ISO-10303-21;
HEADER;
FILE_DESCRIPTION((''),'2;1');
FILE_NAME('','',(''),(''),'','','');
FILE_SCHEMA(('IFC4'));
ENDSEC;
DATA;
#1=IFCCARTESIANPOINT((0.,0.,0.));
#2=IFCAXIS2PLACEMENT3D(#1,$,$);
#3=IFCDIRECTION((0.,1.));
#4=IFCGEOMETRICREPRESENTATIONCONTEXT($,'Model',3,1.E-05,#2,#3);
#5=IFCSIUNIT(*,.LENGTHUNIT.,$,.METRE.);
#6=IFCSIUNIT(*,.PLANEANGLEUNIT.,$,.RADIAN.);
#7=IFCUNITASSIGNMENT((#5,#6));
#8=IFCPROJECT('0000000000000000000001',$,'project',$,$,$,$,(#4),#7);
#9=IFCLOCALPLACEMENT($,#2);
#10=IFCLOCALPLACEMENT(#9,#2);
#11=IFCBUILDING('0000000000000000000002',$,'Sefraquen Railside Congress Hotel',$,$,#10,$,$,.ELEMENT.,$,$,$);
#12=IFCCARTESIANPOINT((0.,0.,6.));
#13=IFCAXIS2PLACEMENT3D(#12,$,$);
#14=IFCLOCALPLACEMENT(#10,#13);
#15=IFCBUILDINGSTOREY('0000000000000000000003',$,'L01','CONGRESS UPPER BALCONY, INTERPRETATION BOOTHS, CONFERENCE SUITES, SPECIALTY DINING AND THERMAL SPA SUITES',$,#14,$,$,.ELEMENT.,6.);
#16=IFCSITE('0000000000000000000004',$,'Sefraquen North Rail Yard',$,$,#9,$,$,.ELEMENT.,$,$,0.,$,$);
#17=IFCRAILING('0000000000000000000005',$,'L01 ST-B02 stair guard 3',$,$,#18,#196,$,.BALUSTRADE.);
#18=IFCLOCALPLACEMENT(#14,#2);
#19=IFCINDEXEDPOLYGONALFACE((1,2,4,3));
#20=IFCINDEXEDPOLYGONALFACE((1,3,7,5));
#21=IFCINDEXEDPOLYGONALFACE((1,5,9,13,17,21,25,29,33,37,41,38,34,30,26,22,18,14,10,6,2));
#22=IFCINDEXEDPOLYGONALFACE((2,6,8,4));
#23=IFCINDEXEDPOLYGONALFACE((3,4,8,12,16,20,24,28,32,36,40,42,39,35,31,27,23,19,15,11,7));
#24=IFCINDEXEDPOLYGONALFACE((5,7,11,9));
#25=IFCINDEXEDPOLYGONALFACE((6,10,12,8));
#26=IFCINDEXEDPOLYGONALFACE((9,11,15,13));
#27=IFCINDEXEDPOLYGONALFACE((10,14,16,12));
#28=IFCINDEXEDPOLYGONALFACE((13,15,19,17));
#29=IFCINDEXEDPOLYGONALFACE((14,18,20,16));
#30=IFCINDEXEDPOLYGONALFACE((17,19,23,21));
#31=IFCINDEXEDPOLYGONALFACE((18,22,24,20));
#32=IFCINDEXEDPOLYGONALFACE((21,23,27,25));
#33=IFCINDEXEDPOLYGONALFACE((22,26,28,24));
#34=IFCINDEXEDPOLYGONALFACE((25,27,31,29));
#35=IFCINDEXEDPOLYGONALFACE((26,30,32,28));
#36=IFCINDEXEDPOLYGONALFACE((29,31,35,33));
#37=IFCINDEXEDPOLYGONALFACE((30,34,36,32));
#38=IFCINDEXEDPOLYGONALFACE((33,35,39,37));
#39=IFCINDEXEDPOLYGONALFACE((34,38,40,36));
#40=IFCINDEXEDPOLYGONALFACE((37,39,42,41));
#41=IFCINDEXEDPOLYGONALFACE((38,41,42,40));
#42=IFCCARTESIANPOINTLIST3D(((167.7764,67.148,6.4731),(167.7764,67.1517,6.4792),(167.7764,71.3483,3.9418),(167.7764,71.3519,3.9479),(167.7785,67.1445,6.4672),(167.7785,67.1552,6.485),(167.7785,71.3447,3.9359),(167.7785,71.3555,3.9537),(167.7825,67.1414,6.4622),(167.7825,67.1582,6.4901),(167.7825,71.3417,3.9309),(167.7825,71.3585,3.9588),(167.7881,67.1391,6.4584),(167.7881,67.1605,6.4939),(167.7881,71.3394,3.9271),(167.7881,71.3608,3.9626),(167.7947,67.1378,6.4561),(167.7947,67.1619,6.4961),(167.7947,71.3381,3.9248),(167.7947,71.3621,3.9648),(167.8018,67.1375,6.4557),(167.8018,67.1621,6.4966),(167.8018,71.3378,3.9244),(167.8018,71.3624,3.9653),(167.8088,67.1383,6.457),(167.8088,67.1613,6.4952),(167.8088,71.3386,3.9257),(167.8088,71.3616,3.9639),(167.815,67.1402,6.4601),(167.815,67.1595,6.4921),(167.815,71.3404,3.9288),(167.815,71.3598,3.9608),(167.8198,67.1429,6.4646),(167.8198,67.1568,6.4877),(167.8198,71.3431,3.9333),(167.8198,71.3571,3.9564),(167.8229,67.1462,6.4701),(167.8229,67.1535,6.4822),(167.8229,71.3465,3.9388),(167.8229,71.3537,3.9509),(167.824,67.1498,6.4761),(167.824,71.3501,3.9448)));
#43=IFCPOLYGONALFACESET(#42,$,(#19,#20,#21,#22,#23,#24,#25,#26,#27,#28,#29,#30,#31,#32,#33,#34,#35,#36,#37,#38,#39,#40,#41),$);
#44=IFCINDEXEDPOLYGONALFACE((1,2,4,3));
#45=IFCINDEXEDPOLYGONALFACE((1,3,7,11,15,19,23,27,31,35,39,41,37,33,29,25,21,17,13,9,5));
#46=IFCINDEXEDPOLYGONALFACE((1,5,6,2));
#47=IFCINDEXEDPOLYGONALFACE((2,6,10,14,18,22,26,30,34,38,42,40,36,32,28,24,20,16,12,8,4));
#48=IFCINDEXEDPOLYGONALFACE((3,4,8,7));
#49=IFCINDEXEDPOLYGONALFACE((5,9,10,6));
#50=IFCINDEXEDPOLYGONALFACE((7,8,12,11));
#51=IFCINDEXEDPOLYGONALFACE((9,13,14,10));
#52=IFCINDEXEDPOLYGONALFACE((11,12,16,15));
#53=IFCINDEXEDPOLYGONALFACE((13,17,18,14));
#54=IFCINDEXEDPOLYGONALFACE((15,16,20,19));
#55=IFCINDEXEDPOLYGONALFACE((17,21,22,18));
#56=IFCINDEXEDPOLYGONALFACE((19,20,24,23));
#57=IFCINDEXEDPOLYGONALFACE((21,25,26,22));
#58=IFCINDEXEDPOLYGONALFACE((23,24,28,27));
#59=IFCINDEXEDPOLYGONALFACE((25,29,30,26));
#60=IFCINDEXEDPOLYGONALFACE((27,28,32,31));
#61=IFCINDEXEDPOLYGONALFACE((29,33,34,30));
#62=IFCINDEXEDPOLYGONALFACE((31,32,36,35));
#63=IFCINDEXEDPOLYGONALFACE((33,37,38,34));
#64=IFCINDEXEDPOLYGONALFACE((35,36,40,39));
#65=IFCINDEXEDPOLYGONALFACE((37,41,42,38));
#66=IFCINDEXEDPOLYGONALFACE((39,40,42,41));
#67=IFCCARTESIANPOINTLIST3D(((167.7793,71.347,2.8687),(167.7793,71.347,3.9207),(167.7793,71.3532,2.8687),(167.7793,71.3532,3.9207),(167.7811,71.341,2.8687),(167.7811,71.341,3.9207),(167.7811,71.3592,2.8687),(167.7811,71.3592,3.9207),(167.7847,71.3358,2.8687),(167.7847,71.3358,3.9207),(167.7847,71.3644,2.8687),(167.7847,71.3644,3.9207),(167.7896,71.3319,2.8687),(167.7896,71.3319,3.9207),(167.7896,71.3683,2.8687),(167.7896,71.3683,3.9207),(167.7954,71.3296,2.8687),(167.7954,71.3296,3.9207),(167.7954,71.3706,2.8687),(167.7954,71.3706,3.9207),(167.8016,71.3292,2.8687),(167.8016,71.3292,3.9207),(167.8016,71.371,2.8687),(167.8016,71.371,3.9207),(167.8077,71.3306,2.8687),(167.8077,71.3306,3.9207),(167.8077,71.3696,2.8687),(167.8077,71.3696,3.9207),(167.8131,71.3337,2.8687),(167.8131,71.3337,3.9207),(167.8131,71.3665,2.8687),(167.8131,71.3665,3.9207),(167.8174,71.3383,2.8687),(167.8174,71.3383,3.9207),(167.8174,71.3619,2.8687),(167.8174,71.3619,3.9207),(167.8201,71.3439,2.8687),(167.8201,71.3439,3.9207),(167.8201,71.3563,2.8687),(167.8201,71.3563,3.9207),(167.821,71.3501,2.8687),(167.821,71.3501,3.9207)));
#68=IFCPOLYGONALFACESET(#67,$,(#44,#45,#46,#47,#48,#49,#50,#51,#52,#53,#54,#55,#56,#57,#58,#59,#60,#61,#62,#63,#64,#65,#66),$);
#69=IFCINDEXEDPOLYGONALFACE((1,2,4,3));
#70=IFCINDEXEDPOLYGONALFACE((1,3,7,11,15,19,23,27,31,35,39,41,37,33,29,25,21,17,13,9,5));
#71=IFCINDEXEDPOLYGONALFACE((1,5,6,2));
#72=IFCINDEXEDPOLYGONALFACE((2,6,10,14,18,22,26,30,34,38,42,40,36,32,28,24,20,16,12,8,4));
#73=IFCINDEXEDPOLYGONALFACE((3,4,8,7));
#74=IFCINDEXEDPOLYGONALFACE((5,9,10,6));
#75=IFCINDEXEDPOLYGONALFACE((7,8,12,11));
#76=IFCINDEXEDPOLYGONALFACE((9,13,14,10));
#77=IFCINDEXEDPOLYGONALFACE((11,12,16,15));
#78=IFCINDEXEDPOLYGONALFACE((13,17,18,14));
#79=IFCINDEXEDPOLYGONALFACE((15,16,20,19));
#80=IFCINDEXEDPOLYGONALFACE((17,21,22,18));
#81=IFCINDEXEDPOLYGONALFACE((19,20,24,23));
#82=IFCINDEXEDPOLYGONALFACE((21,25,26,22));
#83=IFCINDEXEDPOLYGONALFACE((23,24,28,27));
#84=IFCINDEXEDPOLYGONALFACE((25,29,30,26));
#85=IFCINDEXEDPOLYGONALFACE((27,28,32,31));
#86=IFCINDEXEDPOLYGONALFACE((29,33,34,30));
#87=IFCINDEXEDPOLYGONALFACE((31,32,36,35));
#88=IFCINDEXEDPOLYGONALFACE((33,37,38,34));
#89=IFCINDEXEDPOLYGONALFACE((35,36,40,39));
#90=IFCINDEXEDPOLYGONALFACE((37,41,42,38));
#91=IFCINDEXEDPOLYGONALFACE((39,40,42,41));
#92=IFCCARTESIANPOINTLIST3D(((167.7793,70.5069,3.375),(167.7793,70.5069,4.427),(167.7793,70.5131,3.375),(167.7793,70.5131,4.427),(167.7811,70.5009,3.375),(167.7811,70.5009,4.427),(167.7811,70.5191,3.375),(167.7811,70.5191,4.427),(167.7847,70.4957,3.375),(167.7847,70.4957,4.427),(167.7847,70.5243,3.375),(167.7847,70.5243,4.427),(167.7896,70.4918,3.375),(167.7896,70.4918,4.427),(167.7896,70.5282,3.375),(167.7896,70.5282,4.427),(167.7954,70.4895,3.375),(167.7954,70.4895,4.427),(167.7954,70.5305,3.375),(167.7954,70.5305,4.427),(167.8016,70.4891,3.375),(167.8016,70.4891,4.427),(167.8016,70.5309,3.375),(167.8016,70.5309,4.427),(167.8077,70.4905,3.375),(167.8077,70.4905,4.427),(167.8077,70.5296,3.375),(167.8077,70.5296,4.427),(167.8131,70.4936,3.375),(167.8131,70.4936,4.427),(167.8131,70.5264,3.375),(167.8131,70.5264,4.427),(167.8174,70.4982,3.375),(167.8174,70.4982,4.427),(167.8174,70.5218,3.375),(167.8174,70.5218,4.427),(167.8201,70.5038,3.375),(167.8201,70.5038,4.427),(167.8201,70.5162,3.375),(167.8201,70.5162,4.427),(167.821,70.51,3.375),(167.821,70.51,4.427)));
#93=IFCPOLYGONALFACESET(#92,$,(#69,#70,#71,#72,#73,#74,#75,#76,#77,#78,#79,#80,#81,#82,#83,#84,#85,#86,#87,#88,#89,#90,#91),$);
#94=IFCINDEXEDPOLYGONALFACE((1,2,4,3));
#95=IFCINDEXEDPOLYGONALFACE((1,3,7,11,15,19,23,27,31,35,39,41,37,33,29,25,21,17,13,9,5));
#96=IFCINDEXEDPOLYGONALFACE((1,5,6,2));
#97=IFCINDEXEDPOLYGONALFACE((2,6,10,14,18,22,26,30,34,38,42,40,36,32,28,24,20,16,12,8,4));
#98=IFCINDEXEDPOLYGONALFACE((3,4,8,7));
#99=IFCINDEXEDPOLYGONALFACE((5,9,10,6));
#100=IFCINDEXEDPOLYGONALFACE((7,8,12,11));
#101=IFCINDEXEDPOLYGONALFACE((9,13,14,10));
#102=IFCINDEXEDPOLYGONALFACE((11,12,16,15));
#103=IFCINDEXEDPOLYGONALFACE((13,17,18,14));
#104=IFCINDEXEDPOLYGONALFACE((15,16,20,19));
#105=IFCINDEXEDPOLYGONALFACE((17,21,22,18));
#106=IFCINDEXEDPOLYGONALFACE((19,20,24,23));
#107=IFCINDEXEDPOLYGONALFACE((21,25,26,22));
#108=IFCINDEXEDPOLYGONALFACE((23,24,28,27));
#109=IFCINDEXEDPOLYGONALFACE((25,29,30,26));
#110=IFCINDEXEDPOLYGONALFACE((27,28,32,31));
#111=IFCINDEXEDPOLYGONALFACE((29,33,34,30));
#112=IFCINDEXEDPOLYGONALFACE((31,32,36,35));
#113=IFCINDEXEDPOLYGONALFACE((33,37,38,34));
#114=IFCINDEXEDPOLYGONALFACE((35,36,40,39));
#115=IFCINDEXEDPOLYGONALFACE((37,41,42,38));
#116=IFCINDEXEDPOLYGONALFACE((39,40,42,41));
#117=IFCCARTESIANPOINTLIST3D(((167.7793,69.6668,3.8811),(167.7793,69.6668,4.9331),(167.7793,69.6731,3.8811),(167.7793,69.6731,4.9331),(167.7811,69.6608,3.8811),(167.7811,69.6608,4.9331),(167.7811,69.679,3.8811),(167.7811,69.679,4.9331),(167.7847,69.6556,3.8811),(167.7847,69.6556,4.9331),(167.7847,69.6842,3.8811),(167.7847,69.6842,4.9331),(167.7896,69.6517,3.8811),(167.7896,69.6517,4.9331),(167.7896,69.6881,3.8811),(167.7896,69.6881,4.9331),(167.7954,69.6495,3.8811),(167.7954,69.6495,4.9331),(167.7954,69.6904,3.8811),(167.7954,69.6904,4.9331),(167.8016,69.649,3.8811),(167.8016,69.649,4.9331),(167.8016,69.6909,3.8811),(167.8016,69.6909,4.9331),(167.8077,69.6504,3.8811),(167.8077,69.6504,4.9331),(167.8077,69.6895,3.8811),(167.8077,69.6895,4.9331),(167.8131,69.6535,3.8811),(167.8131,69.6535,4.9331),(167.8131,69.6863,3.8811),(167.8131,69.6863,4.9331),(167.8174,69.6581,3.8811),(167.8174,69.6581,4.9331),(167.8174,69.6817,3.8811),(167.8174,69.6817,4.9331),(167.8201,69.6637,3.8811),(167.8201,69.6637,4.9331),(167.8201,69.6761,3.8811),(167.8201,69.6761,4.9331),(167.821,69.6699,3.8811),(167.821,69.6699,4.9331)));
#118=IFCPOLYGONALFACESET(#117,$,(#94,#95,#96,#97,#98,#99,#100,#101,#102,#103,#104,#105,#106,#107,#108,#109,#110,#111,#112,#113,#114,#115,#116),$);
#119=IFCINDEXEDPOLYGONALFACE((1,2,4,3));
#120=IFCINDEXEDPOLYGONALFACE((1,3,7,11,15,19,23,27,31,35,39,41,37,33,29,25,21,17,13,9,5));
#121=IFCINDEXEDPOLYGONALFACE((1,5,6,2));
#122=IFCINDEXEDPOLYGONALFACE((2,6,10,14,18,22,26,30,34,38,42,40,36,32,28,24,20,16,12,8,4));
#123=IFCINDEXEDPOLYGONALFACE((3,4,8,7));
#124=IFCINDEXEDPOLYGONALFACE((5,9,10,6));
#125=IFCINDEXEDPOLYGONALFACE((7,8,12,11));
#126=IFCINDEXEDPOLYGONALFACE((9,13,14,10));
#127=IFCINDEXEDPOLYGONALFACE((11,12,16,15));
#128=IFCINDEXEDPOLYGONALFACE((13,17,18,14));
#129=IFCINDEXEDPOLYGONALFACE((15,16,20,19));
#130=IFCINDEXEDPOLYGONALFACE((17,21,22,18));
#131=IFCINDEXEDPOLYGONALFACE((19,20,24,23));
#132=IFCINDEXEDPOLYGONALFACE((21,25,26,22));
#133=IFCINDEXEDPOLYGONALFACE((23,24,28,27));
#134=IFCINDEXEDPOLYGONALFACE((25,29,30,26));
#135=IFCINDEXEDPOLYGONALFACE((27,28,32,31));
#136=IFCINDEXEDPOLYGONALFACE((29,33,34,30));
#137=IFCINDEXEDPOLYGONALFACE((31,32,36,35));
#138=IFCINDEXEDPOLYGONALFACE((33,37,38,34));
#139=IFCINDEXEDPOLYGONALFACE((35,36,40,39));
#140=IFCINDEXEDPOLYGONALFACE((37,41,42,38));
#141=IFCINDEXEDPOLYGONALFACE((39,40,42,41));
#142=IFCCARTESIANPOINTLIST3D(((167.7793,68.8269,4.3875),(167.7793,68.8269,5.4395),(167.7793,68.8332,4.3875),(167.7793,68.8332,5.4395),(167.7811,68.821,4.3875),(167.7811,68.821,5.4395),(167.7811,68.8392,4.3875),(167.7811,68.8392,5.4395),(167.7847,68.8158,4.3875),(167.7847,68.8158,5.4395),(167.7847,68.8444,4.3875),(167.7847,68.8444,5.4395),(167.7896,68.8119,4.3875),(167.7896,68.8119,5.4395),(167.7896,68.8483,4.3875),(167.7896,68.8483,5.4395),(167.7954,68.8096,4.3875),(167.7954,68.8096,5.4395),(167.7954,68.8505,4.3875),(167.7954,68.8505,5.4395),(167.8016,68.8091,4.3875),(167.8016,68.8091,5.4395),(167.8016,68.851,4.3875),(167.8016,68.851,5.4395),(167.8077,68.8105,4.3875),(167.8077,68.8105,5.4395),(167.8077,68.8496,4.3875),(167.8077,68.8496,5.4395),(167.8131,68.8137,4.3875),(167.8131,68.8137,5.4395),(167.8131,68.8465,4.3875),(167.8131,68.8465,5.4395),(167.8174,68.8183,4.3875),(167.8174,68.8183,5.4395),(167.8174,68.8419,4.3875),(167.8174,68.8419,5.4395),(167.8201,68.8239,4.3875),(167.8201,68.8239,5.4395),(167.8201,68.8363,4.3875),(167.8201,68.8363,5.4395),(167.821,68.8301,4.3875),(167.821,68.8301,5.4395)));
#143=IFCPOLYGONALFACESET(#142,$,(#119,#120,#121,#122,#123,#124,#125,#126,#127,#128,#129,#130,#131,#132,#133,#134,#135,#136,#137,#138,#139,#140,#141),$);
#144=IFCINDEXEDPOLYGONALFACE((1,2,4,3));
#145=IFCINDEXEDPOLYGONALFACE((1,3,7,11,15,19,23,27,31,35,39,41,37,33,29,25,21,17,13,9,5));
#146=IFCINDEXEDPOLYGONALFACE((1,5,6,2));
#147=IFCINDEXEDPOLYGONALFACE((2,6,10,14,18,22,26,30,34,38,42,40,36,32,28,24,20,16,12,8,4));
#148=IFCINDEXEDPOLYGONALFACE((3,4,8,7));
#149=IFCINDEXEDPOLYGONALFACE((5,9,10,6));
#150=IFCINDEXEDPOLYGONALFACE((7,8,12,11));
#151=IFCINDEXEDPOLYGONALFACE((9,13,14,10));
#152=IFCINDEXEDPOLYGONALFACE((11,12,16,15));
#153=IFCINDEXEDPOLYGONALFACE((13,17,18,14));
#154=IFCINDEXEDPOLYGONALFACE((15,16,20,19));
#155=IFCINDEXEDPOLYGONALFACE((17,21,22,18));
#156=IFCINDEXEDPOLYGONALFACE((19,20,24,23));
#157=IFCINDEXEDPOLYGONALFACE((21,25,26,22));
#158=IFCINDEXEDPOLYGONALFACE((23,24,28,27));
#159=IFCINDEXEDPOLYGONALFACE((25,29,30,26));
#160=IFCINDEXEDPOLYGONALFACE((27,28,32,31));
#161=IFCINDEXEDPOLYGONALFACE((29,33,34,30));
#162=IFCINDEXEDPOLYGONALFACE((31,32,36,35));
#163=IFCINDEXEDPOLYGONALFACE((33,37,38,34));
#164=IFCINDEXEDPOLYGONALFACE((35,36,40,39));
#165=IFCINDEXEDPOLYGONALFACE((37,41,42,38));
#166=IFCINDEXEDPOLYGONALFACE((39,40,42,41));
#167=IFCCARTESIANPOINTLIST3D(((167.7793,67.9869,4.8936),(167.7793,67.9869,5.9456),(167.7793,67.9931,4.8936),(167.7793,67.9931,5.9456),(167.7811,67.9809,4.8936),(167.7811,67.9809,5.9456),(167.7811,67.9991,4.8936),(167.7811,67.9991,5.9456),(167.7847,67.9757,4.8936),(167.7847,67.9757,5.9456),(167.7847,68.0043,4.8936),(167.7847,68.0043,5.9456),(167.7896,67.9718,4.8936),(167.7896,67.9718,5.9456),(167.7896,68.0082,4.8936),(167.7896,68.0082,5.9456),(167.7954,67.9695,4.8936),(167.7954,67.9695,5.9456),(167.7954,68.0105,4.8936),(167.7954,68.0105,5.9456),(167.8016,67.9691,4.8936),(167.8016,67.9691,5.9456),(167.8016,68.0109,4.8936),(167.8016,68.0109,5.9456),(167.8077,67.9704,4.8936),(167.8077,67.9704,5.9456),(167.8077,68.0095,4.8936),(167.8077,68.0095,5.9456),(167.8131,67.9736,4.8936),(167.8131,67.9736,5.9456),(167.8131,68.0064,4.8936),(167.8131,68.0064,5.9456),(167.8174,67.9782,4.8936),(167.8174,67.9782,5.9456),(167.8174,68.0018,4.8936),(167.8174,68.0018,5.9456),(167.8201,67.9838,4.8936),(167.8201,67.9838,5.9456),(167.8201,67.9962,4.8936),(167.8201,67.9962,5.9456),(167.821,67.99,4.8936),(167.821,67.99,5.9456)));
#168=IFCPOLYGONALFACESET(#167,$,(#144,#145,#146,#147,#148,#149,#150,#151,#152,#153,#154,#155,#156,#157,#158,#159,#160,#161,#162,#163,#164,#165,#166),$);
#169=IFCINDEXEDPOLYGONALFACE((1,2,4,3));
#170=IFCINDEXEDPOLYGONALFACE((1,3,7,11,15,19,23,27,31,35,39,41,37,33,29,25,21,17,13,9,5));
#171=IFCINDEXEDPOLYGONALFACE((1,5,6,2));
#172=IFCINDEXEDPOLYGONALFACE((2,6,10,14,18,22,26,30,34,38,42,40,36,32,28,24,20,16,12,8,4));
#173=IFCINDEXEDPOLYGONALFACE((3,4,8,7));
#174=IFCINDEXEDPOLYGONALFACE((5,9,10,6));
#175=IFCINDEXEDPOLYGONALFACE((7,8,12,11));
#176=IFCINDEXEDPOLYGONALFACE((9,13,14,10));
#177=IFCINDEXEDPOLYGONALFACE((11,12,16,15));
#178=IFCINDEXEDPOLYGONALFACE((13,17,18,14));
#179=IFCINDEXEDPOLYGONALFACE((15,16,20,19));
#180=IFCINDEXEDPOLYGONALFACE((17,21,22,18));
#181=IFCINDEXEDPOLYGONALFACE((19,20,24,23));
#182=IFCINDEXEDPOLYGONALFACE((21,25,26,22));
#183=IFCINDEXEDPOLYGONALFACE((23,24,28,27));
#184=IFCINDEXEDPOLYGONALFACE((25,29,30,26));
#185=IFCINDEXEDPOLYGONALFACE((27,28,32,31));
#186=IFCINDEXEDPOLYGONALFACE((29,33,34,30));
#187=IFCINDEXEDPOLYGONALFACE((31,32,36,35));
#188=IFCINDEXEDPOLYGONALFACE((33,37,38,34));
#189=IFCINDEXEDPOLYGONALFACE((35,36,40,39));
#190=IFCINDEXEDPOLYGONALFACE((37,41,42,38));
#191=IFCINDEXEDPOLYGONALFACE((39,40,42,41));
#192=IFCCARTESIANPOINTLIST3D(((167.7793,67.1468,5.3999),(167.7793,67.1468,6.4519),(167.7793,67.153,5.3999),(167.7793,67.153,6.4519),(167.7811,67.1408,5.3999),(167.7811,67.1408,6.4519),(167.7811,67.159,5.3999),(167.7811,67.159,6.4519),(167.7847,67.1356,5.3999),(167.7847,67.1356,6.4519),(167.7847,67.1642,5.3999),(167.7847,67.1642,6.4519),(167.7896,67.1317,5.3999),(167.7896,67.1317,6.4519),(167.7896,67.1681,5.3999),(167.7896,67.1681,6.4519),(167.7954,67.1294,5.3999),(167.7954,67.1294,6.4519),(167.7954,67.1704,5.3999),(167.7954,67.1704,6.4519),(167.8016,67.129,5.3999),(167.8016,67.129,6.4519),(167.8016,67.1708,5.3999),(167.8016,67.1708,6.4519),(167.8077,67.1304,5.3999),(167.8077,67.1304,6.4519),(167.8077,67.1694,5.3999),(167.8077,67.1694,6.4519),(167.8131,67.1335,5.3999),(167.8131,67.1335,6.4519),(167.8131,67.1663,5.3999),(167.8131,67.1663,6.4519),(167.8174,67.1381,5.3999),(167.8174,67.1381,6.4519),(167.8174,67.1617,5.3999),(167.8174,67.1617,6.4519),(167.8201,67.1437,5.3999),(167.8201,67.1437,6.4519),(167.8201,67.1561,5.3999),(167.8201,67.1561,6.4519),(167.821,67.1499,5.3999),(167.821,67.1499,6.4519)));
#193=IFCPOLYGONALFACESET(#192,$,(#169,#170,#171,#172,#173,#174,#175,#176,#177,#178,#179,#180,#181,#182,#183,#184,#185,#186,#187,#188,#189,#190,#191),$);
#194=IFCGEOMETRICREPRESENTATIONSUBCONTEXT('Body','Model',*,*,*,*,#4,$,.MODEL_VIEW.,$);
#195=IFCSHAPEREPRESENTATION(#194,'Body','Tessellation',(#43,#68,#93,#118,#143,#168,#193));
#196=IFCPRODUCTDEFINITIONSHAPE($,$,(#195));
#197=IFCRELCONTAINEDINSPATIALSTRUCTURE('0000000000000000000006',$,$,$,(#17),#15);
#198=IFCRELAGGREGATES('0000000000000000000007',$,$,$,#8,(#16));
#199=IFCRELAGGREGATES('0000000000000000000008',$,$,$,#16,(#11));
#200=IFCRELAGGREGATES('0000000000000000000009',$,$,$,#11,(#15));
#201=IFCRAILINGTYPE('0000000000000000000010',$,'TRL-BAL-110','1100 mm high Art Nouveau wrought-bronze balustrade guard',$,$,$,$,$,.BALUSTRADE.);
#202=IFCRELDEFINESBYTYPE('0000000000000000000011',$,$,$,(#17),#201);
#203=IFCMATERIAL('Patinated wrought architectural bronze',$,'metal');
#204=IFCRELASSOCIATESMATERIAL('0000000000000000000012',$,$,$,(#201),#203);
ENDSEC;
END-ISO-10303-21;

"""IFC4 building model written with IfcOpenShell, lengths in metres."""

from ifc_helpers import new_model, si_unit, direction, frame, origin, origin_2d, place, context, subcontext, project, spatial, circle, extrude, material, type_object, element, save


model = new_model("IFC4")

# Units and contexts
model_context = context("Model", 3, precision=1e-05, world=origin(), true_north=direction((0.0, 1.0)))
body_context = subcontext(model_context, "Body", "Model", "MODEL_VIEW")
ifc_project = project(units=[si_unit("LENGTHUNIT", "METRE"), si_unit("PLANEANGLEUNIT", "RADIAN")], contexts=[model_context])

# Site, building, storey
site_placement = place(None, origin())
site = spatial("IfcSite", under=ifc_project, at=site_placement, Name="Sefraquen North Rail Yard", CompositionType="ELEMENT", RefElevation=0.0)
building_placement = place(site_placement, origin())
building = spatial("IfcBuilding", under=site, at=building_placement, Name="Sefraquen Railside Congress Hotel", CompositionType="ELEMENT")
storey_placement = place(building_placement, frame((0.0, 0.0, 6.0)))
storey = spatial("IfcBuildingStorey", under=building, at=storey_placement, Name="L01", Description="CONGRESS UPPER BALCONY, INTERPRETATION BOOTHS, CONFERENCE SUITES, SPECIALTY DINING AND THERMAL SPA SUITES", CompositionType="ELEMENT", Elevation=6.0)

# Railing
ifc_material_1 = material(Name="Patinated wrought architectural bronze", Category="metal")
railing_type_1 = type_object("IfcRailingType", Name="TRL-BAL-110", Description="1100 mm high Art Nouveau wrought-bronze balustrade guard", PredefinedType="BALUSTRADE", material=ifc_material_1)
railing_1_placement = place(storey_placement, frame((167.8, 71.3501, 2.8687)))
element("IfcRailing", 1, at=railing_1_placement, inside=storey, type_object=railing_type_1, Name="L01 ST-B02 stair guard 3", PredefinedType="BALUSTRADE", context=body_context, shape_type="SweptSolid", body=[
    extrude(circle(Radius=0.0239, at=origin_2d()), frame((0.0, 0.0, 1.0762), z_axis=(0.0, -0.85649, 0.516164), x_axis=(1.0, 0.0, 0.0)), (0.0, 0.0, 1.0), 4.9041),
    extrude(circle(Radius=0.021, at=origin_2d()), origin(), (0.0, 0.0, 1.0), 1.052),
    extrude(circle(Radius=0.021, at=origin_2d()), frame((0.0, -0.8401, 0.5063)), (0.0, 0.0, 1.0), 1.052),
    extrude(circle(Radius=0.021, at=origin_2d()), frame((0.0, -1.6802, 1.0125)), (0.0, 0.0, 1.0), 1.052),
    extrude(circle(Radius=0.021, at=origin_2d()), frame((0.0, -2.52, 1.5188)), (0.0, 0.0, 1.0), 1.052),
    extrude(circle(Radius=0.021, at=origin_2d()), frame((0.0, -3.3601, 2.0249)), (0.0, 0.0, 1.0), 1.052),
    extrude(circle(Radius=0.021, at=origin_2d()), frame((0.0, -4.2002, 2.5312)), (0.0, 0.0, 1.0), 1.052),
])

save(model, "model.ifc")
